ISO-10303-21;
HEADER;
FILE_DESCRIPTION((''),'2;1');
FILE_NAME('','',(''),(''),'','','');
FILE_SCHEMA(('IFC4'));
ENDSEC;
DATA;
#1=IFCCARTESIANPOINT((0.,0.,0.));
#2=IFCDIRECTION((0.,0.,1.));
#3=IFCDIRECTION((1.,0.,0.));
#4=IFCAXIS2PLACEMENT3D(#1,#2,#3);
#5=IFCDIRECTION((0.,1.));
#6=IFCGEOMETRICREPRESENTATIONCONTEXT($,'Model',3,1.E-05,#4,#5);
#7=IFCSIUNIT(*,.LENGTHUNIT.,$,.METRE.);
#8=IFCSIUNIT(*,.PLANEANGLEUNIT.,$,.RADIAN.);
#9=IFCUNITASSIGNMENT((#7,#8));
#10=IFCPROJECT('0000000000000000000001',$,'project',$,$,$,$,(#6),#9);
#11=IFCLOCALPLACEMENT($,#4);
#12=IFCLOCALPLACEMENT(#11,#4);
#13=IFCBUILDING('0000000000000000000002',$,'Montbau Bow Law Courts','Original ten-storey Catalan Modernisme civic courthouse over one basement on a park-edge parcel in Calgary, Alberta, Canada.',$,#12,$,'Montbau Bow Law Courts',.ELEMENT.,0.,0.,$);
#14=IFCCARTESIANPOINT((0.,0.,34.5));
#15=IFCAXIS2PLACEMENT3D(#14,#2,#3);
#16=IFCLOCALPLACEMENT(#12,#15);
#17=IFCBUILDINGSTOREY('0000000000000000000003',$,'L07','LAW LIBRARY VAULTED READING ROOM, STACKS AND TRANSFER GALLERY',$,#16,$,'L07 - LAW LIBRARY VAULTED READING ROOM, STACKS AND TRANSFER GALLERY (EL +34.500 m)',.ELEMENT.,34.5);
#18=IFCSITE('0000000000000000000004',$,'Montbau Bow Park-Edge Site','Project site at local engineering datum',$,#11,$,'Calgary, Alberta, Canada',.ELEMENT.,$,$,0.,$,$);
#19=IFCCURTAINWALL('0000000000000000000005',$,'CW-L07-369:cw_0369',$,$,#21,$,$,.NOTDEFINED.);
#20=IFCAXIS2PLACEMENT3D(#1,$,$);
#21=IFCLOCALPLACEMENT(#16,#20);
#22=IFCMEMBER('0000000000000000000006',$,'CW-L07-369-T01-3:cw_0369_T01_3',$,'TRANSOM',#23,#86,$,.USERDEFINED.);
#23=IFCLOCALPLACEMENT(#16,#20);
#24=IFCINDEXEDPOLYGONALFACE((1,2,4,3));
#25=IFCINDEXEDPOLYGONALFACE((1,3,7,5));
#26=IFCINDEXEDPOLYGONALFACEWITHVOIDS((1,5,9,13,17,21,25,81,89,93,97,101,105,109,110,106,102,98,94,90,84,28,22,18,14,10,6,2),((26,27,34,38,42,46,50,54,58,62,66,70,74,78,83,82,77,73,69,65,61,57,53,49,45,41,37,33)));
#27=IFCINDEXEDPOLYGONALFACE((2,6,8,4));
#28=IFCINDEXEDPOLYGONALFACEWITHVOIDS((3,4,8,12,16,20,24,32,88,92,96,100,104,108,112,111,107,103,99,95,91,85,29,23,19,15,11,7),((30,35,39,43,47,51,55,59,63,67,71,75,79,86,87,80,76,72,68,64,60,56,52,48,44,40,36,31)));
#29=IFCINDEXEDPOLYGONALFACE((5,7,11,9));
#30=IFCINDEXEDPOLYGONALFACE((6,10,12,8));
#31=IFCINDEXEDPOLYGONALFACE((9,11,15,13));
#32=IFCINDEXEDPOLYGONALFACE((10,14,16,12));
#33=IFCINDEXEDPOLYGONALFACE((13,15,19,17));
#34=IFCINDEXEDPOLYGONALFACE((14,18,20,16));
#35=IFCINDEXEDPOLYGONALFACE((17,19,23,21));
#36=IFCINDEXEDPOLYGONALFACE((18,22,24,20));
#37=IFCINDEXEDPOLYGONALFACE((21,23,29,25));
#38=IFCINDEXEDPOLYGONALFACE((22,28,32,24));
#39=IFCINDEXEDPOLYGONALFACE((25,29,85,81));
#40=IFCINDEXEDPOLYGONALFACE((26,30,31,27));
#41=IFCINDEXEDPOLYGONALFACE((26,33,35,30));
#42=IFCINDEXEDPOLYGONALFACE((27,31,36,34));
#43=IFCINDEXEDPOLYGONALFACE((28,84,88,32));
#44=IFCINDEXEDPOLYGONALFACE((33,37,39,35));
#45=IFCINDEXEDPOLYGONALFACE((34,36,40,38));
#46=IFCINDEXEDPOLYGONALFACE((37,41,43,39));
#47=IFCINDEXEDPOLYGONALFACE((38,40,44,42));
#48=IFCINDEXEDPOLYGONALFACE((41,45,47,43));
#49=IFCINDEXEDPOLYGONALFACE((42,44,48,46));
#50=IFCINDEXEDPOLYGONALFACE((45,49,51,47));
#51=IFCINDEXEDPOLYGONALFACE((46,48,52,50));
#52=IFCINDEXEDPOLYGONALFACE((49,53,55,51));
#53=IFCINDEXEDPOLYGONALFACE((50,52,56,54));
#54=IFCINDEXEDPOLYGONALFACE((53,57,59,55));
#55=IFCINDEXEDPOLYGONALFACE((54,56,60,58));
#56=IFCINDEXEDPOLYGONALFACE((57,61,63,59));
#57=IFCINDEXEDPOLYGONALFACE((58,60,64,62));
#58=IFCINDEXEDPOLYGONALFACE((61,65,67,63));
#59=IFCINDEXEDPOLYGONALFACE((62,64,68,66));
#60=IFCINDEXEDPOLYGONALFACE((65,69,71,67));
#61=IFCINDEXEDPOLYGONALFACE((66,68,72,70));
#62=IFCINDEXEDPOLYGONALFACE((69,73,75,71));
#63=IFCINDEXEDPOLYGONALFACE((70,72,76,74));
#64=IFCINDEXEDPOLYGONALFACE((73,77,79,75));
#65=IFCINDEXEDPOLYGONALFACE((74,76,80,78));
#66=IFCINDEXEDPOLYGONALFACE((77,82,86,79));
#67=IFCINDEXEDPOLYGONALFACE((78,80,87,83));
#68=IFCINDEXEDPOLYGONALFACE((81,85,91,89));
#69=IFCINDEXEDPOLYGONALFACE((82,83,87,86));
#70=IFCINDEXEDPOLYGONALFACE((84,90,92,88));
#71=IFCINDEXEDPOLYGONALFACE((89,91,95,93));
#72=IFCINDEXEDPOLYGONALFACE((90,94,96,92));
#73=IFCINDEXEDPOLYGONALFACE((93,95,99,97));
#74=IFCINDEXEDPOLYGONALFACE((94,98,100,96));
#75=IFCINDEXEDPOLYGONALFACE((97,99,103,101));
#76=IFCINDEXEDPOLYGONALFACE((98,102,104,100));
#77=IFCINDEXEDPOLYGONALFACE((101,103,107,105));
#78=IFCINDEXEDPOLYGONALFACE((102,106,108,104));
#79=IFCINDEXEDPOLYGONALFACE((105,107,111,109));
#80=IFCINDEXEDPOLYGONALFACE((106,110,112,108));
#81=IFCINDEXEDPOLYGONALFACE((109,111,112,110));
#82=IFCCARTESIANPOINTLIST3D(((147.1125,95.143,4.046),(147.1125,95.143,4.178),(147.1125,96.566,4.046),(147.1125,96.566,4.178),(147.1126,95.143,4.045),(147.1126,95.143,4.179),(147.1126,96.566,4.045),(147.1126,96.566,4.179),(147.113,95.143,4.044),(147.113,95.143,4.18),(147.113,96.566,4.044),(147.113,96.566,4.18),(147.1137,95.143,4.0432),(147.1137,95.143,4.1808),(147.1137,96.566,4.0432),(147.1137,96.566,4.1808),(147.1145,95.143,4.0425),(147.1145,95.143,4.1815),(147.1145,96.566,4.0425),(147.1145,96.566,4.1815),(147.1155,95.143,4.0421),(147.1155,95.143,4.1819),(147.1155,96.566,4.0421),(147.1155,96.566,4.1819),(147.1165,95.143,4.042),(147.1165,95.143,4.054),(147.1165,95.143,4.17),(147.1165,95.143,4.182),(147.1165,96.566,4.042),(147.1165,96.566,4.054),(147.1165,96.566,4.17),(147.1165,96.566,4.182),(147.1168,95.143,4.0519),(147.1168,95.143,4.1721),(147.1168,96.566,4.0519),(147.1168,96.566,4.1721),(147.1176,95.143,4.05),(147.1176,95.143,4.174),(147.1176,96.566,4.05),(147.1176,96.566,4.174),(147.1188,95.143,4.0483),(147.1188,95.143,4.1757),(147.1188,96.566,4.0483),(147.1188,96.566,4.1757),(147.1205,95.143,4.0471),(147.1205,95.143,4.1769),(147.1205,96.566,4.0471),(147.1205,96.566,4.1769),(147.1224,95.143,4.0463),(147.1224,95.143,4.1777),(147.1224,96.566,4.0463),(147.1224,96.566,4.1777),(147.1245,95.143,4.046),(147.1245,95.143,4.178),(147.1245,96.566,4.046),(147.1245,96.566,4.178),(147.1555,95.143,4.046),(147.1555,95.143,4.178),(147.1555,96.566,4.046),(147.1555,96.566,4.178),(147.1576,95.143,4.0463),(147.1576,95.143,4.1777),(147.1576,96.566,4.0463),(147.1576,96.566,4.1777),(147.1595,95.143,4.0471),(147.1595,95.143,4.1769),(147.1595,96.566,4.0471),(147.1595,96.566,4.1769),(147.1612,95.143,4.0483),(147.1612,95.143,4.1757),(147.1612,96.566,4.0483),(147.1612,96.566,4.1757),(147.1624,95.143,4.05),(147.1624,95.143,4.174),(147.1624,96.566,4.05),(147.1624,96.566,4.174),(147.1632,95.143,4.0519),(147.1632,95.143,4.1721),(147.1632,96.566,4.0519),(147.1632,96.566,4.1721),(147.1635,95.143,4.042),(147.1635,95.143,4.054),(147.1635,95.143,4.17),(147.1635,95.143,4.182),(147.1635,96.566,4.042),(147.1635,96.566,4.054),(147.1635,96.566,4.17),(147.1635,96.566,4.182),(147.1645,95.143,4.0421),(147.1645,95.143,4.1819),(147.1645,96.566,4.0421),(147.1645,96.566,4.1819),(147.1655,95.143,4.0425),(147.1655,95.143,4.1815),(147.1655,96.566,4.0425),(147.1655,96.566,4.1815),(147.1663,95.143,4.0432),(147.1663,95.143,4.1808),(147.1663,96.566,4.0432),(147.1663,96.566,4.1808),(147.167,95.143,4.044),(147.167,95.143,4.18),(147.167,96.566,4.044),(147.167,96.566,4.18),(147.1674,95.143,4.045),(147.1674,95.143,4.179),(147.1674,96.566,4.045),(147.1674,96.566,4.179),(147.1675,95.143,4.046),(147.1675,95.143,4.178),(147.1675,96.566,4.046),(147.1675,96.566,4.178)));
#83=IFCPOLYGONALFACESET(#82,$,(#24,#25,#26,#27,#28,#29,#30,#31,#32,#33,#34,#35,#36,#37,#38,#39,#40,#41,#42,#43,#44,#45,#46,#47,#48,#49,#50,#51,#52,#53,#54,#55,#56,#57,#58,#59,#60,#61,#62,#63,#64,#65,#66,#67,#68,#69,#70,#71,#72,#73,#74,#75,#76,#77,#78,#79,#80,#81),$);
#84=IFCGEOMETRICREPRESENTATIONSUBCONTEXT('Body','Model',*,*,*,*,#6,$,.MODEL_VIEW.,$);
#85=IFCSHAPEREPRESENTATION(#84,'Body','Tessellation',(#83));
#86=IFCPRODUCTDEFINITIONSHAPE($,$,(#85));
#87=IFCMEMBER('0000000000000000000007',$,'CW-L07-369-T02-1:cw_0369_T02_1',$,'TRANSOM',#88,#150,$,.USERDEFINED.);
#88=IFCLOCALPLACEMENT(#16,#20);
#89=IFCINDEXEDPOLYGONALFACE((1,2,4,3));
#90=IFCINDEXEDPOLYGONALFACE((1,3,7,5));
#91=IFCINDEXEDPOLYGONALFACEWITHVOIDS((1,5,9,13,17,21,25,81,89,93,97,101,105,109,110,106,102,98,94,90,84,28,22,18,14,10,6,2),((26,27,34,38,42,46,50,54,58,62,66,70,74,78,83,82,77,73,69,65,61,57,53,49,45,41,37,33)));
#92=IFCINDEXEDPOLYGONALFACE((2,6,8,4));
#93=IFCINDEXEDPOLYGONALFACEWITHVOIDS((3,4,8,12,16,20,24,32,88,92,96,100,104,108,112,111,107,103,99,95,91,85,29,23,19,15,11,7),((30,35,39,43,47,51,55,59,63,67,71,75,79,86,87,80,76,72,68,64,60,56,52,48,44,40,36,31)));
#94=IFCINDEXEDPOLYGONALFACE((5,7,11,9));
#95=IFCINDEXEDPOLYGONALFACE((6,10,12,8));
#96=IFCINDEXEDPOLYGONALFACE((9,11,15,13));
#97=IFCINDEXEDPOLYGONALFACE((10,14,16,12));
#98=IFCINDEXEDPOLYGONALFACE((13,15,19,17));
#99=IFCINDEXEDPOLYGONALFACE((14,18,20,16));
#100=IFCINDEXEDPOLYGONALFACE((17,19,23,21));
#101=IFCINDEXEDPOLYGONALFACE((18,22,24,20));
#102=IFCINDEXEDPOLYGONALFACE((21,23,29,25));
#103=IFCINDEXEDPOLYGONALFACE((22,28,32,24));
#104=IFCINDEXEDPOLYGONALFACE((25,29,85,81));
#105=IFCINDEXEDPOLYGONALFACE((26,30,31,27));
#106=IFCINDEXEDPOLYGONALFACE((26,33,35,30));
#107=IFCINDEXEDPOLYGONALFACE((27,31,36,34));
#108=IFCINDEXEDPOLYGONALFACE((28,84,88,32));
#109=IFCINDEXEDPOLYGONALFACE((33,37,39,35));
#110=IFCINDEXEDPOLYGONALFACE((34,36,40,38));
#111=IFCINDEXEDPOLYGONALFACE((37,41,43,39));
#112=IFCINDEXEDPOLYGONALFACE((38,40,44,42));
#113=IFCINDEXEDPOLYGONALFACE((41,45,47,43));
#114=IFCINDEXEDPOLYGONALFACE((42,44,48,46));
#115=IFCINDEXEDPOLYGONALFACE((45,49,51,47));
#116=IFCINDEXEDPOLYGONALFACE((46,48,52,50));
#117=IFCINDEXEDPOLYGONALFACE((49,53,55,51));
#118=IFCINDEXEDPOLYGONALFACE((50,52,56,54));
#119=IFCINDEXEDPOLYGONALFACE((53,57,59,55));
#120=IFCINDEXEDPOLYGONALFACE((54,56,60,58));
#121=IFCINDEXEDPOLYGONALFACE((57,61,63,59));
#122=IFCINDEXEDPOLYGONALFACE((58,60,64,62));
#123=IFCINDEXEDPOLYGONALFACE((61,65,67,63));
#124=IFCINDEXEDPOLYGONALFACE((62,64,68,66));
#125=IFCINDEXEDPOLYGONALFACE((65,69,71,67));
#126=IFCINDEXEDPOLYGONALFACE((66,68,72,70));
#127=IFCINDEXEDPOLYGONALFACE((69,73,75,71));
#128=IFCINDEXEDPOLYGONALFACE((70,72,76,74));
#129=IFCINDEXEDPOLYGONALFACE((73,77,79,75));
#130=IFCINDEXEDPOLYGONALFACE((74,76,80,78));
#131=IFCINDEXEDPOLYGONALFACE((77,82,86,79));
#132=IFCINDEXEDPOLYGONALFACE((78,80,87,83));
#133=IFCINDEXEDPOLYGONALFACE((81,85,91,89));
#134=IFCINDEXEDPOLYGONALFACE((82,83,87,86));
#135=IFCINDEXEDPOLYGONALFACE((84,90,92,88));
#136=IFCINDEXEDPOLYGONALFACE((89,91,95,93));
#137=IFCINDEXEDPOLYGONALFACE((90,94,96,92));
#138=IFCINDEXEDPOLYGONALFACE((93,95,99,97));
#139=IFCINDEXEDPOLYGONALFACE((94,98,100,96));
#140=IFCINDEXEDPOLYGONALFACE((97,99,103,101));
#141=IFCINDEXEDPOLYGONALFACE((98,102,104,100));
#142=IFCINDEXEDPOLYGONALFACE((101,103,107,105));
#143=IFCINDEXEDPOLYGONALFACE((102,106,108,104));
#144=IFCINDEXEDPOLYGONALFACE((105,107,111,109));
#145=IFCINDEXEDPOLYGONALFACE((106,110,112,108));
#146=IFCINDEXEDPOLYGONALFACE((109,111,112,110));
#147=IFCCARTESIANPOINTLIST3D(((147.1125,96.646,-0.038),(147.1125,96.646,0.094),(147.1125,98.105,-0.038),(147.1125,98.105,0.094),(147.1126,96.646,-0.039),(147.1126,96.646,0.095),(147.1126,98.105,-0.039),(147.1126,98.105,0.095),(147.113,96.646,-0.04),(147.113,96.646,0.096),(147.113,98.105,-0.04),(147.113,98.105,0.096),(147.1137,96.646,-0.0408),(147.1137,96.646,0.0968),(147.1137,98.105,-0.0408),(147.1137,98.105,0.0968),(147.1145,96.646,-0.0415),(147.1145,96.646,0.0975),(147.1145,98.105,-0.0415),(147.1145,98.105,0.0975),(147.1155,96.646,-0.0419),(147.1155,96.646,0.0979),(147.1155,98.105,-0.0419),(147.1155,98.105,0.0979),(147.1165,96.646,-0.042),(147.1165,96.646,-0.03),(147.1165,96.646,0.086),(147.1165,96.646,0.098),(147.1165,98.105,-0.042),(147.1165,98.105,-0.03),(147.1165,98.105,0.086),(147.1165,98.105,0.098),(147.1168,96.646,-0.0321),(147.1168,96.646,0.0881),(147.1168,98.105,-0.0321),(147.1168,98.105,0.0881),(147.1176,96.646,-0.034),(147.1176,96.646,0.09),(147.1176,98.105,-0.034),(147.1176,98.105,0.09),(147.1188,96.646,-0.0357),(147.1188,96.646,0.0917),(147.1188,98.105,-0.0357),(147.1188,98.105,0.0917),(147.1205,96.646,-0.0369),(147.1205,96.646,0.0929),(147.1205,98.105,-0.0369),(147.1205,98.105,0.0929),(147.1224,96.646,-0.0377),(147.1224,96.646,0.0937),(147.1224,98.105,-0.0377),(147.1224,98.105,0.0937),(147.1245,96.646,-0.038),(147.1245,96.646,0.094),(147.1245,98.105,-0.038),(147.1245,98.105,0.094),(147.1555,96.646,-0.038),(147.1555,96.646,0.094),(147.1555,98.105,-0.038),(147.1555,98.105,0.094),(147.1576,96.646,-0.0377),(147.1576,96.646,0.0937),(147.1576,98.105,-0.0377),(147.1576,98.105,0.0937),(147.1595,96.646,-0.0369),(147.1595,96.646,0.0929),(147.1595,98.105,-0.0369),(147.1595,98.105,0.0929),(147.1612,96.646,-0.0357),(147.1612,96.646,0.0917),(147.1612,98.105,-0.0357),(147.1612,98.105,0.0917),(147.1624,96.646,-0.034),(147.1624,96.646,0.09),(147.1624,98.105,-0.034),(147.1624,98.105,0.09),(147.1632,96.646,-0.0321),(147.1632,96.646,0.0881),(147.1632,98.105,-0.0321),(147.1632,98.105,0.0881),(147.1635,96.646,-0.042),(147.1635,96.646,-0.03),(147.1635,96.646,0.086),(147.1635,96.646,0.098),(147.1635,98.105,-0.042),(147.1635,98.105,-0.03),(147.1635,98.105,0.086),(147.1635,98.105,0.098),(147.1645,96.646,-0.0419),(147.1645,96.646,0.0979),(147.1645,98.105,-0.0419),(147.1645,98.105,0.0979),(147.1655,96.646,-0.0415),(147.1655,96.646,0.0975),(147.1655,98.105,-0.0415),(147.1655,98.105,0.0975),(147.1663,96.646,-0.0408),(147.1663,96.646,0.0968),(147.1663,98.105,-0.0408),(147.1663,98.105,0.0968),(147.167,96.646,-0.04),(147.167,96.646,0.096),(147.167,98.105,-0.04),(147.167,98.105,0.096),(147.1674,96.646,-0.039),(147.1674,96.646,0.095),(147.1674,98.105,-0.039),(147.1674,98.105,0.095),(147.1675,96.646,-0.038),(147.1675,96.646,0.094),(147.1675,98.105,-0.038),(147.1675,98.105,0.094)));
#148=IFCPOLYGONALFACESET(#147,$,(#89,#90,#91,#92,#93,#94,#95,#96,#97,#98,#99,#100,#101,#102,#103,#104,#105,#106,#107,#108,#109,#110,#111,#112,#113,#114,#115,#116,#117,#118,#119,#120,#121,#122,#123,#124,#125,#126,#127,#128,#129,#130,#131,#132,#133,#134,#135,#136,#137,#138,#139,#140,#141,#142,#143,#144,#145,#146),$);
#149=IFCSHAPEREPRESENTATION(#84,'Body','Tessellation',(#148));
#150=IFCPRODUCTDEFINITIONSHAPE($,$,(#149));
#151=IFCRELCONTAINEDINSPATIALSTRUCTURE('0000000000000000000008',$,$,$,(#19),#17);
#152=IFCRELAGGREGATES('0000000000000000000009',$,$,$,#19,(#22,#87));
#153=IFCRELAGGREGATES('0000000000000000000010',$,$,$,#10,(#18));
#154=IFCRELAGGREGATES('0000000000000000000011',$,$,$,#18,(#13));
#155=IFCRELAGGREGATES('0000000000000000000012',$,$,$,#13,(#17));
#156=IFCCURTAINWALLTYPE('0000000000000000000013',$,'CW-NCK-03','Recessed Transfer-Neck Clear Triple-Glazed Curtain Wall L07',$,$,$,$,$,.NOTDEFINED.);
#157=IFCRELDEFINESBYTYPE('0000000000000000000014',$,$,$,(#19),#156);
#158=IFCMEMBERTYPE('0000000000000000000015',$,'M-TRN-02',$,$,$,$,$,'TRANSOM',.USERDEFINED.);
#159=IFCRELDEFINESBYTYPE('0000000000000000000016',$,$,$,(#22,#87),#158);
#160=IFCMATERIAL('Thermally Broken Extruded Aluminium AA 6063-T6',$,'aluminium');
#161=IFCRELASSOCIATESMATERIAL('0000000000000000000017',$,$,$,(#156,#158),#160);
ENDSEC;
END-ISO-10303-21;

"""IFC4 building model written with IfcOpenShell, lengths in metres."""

from ifc_helpers import new_model, si_unit, direction, frame, origin_with_axes, origin_2d_with_axis, place, context, subcontext, project, spatial, hollow_rectangle, extrude, material, material_profile, profile_set, type_object, element, aggregate, save


model = new_model("IFC4")

# Units and contexts
model_context = context("Model", 3, precision=1e-05, world=origin_with_axes(), true_north=direction((0.0, 1.0)))
body_context = subcontext(model_context, "Body", "Model", "MODEL_VIEW")
ifc_project = project(units=[si_unit("LENGTHUNIT", "METRE"), si_unit("PLANEANGLEUNIT", "RADIAN")], contexts=[model_context])

# Site, building, storey
site_placement = place(None, origin_with_axes())
site = spatial("IfcSite", under=ifc_project, at=site_placement, Name="Montbau Bow Park-Edge Site", Description="Project site at local engineering datum", LongName="Calgary, Alberta, Canada", CompositionType="ELEMENT", RefElevation=0.0)
building_placement = place(site_placement, origin_with_axes())
building = spatial("IfcBuilding", under=site, at=building_placement, Name="Montbau Bow Law Courts", Description="Original ten-storey Catalan Modernisme civic courthouse over one basement on a park-edge parcel in Calgary, Alberta, Canada.", LongName="Montbau Bow Law Courts", CompositionType="ELEMENT", ElevationOfRefHeight=0.0, ElevationOfTerrain=0.0)
storey_placement = place(building_placement, frame((0.0, 0.0, 34.5), z_axis=(0.0, 0.0, 1.0), x_axis=(1.0, 0.0, 0.0)))
storey = spatial("IfcBuildingStorey", under=building, at=storey_placement, Name="L07", Description="LAW LIBRARY VAULTED READING ROOM, STACKS AND TRANSFER GALLERY", LongName="L07 - LAW LIBRARY VAULTED READING ROOM, STACKS AND TRANSFER GALLERY (EL +34.500 m)", CompositionType="ELEMENT", Elevation=34.5)

# Curtain wall, members
ifc_material_1 = material(Name="Thermally Broken Extruded Aluminium AA 6063-T6", Category="aluminium")
curtain_wall_type = type_object("IfcCurtainWallType", Name="CW-NCK-03", Description="Recessed Transfer-Neck Clear Triple-Glazed Curtain Wall L07", PredefinedType="NOTDEFINED", material=ifc_material_1)
curtain_wall_placement = place(None, frame((147.14, 95.067, 34.5), z_axis=(0.0, 0.0, 1.0), x_axis=(1.0, 0.0, 0.0)))
curtain_wall = element("IfcCurtainWall", 1, at=curtain_wall_placement, inside=storey, type_object=curtain_wall_type, Name="CW-L07-369:cw_0369", PredefinedType="NOTDEFINED")
ifc_material_profile_1 = material_profile(ifc_material_1, hollow_rectangle(XDim=0.055, YDim=0.14, WallThickness=0.004, InnerFilletRadius=0.008, OuterFilletRadius=0.004, at=origin_2d_with_axis()), Name="CWT-140X55", Category="Main", Priority=0)
ifc_profile_set_1 = profile_set([ifc_material_profile_1], Name="Thermally Broken Extruded Aluminium AA 6063-T6")
member_type_1 = type_object("IfcMemberType", Name="M-TRN-02", ElementType="TRANSOM", PredefinedType="USERDEFINED", material=ifc_profile_set_1)
member_1_placement = place(None, frame((147.14, 95.143, 38.612), z_axis=(0.0, 1.0, 0.0), x_axis=(-1.0, 0.0, 0.0)))
member_1 = element("IfcMember", 2, at=member_1_placement, type_object=member_type_1, Name="CW-L07-369-T01-3:cw_0369_T01_3", ObjectType="TRANSOM", PredefinedType="USERDEFINED", context=body_context, shape_type="SweptSolid", body=[
    extrude(hollow_rectangle(XDim=0.055, YDim=0.14, WallThickness=0.004, InnerFilletRadius=0.008, OuterFilletRadius=0.004, at=origin_2d_with_axis()), origin_with_axes(), (0.0, 0.0, 1.0), 1.423),
])
member_2_placement = place(None, frame((147.14, 96.646, 34.528), z_axis=(0.0, 1.0, 0.0), x_axis=(-1.0, 0.0, 0.0)))
member_2 = element("IfcMember", 3, at=member_2_placement, type_object=member_type_1, Name="CW-L07-369-T02-1:cw_0369_T02_1", ObjectType="TRANSOM", PredefinedType="USERDEFINED", context=body_context, shape_type="SweptSolid", body=[
    extrude(hollow_rectangle(XDim=0.055, YDim=0.14, WallThickness=0.004, InnerFilletRadius=0.008, OuterFilletRadius=0.004, at=origin_2d_with_axis()), origin_with_axes(), (0.0, 0.0, 1.0), 1.459),
])
aggregate(curtain_wall, [member_1, member_2])

save(model, "model.ifc")
